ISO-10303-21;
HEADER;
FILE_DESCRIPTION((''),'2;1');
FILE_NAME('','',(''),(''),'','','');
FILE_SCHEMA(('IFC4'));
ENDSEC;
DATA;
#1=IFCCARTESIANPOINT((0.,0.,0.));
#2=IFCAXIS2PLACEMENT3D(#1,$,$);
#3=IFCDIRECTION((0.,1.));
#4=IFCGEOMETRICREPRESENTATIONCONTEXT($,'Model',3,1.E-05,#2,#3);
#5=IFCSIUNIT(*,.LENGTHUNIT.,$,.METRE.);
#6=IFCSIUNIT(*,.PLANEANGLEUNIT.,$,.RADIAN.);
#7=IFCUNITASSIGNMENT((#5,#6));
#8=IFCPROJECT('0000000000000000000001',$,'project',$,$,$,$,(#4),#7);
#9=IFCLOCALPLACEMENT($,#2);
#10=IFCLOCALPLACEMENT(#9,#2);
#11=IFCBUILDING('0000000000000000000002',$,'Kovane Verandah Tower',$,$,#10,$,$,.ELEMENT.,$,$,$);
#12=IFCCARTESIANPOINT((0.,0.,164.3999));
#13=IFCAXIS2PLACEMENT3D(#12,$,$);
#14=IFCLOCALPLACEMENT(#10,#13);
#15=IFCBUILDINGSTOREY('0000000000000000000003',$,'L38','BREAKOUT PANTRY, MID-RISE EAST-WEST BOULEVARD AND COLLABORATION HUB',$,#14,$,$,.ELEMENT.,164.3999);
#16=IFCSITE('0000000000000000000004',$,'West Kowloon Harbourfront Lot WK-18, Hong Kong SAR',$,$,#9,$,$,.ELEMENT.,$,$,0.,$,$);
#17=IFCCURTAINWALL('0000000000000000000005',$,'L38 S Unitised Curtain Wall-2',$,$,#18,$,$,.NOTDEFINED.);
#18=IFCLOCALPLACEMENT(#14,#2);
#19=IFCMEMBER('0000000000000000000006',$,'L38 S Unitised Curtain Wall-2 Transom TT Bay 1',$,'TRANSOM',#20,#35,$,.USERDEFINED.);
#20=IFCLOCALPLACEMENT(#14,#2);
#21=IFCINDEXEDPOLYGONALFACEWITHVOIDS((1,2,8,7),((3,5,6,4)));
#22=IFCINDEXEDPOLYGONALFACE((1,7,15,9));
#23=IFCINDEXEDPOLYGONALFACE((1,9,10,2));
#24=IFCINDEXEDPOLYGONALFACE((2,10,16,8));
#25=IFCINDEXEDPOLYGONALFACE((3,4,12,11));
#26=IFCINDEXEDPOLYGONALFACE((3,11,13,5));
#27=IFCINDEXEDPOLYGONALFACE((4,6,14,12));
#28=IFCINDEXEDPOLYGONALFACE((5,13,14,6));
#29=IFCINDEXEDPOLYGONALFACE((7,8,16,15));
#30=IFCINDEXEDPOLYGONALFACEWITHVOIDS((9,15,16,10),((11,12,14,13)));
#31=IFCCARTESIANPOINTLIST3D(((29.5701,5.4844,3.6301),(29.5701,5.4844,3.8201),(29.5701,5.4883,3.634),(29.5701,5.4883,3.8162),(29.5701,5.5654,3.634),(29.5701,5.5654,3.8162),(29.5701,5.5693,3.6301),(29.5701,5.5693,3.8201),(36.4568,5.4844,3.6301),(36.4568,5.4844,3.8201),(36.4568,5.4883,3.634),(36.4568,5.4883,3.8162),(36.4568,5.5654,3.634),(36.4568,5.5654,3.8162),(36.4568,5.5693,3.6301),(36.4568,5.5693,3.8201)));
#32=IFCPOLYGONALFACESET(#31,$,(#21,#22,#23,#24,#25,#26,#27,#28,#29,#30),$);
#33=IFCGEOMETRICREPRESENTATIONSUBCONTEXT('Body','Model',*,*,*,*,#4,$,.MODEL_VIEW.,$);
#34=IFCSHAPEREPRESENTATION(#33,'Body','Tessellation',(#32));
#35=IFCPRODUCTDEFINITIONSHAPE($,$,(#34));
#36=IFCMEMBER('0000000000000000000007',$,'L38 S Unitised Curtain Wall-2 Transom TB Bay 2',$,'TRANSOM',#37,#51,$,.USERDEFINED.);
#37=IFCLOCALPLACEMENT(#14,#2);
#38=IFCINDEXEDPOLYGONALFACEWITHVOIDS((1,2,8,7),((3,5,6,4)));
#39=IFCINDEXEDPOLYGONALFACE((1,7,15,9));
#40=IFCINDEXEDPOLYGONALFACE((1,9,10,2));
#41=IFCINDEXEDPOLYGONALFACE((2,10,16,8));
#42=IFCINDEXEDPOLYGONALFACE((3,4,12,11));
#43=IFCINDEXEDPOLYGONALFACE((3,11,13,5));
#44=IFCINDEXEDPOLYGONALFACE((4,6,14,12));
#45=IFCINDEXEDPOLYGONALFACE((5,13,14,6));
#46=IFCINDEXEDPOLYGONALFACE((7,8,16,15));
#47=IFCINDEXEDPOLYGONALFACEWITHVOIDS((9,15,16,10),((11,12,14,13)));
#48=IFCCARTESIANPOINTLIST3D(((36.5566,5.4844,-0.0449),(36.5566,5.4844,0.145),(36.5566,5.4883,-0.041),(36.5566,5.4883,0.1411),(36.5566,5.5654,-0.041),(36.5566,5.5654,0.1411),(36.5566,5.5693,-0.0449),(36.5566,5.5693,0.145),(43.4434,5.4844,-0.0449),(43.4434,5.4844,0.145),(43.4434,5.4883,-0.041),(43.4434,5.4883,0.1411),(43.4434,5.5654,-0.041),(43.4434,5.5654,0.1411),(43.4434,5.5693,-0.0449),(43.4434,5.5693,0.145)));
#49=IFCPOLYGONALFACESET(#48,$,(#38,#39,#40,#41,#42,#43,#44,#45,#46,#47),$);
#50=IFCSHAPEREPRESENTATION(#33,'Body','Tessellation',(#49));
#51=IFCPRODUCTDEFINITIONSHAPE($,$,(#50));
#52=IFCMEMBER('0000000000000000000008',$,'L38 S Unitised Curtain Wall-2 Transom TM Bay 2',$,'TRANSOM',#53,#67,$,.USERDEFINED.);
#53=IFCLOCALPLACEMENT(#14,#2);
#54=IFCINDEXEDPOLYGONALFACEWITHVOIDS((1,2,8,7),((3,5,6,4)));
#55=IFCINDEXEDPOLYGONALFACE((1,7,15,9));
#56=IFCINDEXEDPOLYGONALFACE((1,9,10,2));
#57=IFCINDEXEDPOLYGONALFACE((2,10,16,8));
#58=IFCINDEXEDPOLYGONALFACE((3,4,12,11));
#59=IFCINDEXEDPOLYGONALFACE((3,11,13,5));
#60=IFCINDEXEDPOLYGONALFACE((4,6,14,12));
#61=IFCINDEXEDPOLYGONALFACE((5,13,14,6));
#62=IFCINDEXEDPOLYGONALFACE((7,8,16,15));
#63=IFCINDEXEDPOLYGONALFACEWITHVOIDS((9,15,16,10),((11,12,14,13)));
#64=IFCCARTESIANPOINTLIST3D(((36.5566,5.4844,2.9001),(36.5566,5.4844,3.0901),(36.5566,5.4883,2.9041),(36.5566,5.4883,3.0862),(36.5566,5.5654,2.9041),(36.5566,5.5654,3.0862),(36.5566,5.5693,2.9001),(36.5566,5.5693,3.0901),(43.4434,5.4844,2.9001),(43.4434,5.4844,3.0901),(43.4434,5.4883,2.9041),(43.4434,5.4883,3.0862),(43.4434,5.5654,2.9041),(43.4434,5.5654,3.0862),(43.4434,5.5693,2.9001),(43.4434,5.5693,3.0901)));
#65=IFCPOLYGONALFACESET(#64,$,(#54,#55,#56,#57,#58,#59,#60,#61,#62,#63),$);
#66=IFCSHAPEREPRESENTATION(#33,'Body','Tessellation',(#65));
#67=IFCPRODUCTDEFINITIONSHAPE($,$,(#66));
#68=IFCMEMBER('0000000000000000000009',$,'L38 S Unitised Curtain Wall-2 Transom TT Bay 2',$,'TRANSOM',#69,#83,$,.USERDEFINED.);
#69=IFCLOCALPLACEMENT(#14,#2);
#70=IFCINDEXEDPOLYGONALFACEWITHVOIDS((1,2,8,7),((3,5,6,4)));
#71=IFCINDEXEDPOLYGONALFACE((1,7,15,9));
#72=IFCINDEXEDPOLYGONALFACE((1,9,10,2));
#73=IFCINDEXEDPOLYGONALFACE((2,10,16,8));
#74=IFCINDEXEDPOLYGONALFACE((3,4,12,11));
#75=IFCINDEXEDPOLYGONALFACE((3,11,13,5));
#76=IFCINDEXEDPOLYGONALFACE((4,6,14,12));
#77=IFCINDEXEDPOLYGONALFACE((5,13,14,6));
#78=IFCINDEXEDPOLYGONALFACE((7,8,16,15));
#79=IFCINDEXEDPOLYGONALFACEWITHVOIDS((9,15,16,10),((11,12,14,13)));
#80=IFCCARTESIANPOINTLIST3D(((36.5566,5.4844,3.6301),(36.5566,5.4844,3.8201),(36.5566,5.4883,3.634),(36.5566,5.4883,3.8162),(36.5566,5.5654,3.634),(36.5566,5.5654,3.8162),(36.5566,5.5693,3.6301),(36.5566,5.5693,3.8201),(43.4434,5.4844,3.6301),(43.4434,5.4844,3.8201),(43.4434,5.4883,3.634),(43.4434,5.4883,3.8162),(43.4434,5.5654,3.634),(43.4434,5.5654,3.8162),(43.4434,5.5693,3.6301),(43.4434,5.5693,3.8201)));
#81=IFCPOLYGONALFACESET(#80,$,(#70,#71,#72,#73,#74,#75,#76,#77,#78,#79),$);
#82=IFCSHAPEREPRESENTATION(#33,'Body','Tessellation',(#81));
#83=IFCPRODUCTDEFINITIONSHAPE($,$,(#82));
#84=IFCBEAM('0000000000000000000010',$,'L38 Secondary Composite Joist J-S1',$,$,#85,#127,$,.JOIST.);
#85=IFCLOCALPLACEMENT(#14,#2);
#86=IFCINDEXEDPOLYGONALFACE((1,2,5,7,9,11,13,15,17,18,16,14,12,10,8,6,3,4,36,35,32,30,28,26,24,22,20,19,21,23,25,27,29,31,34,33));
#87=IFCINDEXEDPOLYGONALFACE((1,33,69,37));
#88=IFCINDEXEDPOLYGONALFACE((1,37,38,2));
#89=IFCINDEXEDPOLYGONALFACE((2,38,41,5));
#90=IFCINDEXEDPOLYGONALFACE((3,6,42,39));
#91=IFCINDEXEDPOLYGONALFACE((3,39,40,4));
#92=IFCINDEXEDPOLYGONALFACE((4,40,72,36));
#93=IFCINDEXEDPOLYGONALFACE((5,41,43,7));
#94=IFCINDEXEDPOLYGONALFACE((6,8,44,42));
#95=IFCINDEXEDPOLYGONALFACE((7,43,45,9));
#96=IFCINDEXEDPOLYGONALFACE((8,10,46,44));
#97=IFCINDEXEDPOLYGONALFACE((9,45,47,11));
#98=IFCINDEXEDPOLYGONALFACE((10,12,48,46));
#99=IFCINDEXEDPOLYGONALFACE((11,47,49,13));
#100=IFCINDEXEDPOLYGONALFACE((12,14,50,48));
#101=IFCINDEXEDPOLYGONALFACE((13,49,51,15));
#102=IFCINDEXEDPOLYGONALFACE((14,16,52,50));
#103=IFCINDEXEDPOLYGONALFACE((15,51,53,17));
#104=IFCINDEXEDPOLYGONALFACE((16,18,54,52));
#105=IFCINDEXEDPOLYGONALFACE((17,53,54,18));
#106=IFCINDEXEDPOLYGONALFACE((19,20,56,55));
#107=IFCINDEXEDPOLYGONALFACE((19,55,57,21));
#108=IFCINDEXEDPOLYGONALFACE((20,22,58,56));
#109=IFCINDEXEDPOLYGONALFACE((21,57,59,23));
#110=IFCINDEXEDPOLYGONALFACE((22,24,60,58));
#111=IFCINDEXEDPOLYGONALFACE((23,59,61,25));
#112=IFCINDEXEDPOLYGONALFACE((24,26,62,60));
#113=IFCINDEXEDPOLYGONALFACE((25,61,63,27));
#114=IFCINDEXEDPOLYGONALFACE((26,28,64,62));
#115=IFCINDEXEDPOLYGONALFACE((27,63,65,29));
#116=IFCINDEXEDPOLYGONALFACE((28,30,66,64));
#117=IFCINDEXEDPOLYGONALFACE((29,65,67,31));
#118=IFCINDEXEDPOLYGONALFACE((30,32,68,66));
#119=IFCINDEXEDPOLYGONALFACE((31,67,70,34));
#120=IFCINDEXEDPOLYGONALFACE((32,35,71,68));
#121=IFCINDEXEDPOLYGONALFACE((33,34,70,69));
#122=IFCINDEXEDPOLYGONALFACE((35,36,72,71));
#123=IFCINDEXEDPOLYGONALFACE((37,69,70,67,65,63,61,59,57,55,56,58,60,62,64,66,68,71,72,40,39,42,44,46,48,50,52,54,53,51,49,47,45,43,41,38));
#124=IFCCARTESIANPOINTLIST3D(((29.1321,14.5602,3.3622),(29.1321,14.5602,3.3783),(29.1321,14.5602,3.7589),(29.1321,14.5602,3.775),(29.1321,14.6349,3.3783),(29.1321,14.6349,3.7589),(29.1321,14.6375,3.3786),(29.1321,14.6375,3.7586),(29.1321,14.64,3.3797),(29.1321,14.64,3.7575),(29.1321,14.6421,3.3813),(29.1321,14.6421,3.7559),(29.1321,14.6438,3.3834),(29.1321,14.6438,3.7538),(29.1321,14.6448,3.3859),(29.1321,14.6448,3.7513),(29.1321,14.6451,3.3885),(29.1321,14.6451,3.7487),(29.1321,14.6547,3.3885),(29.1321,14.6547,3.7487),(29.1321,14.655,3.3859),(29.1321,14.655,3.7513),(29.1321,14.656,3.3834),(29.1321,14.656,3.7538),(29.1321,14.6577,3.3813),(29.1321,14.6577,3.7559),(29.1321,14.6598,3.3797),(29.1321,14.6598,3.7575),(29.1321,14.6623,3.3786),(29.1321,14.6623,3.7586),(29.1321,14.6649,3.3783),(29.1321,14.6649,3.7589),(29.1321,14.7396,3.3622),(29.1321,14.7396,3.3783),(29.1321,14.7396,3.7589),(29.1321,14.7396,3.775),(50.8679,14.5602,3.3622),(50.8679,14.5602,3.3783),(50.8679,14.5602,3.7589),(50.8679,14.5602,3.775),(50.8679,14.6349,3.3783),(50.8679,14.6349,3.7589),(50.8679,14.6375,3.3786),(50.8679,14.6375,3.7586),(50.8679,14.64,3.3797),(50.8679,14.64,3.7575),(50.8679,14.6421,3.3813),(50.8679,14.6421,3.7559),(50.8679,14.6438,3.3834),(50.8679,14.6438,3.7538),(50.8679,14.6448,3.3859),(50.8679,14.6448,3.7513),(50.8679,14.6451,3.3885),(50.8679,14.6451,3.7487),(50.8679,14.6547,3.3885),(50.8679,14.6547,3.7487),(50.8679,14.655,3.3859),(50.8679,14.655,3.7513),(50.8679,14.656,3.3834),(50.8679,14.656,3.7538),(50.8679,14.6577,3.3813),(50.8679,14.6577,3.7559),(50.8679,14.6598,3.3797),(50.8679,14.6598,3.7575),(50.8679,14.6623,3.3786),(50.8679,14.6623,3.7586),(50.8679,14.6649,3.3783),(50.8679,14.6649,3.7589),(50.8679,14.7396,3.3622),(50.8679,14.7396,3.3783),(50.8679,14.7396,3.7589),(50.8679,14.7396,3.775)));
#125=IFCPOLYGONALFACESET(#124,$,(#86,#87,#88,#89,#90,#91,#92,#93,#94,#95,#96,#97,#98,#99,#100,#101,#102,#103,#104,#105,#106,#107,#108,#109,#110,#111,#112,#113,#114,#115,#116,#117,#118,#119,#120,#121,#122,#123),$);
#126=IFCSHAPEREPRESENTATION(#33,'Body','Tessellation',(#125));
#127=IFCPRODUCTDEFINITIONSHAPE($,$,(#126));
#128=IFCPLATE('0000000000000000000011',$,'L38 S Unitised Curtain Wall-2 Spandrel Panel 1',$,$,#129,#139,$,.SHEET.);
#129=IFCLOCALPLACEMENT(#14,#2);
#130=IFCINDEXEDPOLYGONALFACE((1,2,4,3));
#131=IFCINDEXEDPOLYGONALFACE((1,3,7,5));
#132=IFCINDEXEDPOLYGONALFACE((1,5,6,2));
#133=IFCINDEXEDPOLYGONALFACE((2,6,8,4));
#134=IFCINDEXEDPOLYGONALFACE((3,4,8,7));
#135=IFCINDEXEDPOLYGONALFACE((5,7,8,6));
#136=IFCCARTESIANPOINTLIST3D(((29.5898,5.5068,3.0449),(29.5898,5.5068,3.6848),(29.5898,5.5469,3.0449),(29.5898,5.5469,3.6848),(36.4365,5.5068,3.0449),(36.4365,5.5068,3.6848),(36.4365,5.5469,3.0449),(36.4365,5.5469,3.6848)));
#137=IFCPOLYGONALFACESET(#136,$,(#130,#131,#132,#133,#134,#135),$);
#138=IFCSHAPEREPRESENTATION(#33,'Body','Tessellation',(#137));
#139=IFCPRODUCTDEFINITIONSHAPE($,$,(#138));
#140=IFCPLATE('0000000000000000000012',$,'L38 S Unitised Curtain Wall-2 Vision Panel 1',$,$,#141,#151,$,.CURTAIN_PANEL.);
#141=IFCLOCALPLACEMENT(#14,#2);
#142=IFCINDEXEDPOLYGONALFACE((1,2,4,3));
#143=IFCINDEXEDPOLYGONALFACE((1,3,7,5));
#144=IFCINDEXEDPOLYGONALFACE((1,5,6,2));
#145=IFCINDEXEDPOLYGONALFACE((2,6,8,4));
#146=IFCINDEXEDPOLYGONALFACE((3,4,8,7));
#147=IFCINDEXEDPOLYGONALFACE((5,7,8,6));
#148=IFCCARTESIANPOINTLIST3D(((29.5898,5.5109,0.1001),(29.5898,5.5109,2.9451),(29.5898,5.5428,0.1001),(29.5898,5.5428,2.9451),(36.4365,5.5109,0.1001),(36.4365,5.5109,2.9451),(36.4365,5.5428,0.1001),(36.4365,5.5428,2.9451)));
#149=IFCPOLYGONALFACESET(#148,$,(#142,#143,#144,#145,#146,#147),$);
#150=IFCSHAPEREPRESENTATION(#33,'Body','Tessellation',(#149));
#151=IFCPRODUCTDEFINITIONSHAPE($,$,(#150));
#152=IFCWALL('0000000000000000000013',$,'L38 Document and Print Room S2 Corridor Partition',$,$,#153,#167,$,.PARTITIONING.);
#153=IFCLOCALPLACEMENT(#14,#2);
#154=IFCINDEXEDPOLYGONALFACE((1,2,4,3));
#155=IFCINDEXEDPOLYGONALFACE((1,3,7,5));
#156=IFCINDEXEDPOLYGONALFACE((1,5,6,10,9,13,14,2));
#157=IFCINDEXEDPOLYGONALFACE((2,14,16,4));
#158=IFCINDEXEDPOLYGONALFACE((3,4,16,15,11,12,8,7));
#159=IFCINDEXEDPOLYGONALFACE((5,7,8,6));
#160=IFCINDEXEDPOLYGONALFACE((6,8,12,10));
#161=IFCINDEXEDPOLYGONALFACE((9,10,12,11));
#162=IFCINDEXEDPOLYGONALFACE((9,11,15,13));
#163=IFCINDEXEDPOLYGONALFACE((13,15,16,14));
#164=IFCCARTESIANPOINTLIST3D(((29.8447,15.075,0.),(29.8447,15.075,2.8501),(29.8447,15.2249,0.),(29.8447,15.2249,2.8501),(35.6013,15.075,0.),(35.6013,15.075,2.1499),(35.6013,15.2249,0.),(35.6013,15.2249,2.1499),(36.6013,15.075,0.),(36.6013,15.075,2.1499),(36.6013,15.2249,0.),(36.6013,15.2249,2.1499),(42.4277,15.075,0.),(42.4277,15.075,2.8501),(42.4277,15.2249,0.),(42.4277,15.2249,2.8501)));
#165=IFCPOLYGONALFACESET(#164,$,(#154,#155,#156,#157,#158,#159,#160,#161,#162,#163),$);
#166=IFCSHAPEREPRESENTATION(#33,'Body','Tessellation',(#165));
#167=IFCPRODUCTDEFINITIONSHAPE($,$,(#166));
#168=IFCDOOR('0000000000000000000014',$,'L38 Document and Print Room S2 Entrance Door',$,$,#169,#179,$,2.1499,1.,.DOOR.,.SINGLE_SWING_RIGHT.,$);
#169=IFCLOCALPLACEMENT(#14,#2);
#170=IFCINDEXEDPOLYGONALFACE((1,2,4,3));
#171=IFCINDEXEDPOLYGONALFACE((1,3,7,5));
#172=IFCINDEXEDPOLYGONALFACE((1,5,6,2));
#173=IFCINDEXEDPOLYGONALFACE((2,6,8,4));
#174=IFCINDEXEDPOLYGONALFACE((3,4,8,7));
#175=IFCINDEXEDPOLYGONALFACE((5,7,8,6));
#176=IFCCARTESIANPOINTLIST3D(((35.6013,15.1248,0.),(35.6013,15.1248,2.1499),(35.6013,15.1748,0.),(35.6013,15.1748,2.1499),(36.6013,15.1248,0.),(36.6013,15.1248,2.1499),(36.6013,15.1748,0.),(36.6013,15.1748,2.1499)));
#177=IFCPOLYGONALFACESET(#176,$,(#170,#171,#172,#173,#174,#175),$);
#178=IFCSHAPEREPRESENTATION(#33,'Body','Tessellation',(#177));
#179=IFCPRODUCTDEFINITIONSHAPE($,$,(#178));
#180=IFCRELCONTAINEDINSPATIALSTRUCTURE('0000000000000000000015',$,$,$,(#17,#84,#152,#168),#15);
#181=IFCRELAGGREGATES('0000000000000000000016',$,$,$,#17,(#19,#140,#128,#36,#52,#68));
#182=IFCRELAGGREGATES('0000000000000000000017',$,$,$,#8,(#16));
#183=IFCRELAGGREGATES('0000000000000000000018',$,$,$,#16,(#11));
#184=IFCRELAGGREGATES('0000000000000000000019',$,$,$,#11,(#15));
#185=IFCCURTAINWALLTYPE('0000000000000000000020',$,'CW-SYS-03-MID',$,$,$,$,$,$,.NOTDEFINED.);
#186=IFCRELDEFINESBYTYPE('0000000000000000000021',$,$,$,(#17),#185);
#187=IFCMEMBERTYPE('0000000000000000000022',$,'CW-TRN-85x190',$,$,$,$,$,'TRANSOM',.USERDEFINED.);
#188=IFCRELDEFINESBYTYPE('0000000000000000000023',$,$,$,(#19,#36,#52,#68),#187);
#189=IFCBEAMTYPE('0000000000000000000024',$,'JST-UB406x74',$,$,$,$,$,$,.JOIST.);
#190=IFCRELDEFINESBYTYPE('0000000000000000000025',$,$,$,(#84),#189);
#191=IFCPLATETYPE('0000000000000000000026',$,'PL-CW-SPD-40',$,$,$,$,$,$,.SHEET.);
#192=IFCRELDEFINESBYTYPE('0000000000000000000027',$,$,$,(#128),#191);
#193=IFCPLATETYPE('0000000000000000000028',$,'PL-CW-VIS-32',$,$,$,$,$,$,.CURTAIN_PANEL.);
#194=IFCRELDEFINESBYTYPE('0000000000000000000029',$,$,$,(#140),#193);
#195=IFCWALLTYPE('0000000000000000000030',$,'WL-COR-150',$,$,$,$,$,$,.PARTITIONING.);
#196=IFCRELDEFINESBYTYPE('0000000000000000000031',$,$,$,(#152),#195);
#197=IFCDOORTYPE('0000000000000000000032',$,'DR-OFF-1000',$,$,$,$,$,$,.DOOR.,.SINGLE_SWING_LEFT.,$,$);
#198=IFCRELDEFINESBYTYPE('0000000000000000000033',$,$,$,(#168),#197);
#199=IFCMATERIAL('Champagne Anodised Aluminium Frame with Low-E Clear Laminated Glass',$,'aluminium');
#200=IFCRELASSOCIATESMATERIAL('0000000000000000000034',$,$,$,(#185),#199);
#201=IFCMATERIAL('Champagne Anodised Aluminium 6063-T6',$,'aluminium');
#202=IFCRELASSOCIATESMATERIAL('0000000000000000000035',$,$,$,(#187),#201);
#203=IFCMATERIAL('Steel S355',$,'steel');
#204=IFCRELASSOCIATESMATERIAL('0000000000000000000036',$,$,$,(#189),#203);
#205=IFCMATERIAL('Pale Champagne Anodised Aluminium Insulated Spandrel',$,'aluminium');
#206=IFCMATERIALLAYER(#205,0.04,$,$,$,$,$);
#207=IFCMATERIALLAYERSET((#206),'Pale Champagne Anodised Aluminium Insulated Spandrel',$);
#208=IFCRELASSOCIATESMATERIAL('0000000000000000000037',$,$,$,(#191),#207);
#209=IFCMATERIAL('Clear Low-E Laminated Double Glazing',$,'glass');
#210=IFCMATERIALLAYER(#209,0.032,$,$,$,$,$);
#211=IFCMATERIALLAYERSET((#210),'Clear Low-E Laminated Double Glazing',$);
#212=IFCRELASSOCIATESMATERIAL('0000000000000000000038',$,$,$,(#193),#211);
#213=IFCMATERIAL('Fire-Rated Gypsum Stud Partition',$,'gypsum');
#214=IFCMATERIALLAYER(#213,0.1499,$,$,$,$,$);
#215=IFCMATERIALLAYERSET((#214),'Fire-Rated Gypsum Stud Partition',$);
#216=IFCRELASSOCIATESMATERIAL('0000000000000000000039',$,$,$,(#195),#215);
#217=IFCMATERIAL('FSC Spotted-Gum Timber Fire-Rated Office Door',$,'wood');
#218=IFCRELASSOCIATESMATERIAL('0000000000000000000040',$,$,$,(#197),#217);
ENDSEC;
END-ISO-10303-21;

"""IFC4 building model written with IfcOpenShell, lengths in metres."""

from ifc_helpers import new_model, si_unit, direction, frame, frame_2d, origin, origin_2d, place, context, subcontext, project, spatial, rectangle, hollow_rectangle, i_section, extrude, material, layer, layer_set, material_profile, profile_set, type_object, element, fill, aggregate, save


model = new_model("IFC4")

# Units and contexts
model_context = context("Model", 3, precision=1e-05, world=origin(), true_north=direction((0.0, 1.0)))
body_context = subcontext(model_context, "Body", "Model", "MODEL_VIEW")
ifc_project = project(units=[si_unit("LENGTHUNIT", "METRE"), si_unit("PLANEANGLEUNIT", "RADIAN")], contexts=[model_context])

# Site, building, storey
site_placement = place(None, origin())
site = spatial("IfcSite", under=ifc_project, at=site_placement, Name="West Kowloon Harbourfront Lot WK-18, Hong Kong SAR", CompositionType="ELEMENT", RefElevation=0.0)
building_placement = place(site_placement, origin())
building = spatial("IfcBuilding", under=site, at=building_placement, Name="Kovane Verandah Tower", CompositionType="ELEMENT")
storey_placement = place(building_placement, frame((0.0, 0.0, 164.3999)))
storey = spatial("IfcBuildingStorey", under=building, at=storey_placement, Name="L38", Description="BREAKOUT PANTRY, MID-RISE EAST-WEST BOULEVARD AND COLLABORATION HUB", CompositionType="ELEMENT", Elevation=164.3999)

# Shared definitions
ifc_material_1 = material(Name="Steel S355", Category="steel")

# Curtain wall, members
ifc_material_2 = material(Name="Champagne Anodised Aluminium Frame with Low-E Clear Laminated Glass", Category="aluminium")
curtain_wall_type = type_object("IfcCurtainWallType", Name="CW-SYS-03-MID", PredefinedType="NOTDEFINED", material=ifc_material_2)
curtain_wall_placement = place(storey_placement, origin())
curtain_wall = element("IfcCurtainWall", 1, at=curtain_wall_placement, inside=storey, type_object=curtain_wall_type, Name="L38 S Unitised Curtain Wall-2", PredefinedType="NOTDEFINED")
ifc_material_3 = material(Name="Champagne Anodised Aluminium 6063-T6", Category="aluminium")
ifc_material_profile_1 = material_profile(ifc_material_3, hollow_rectangle(XDim=0.085, YDim=0.1899, WallThickness=0.0039, at=origin_2d()), Name="AL85x190x4")
ifc_profile_set_1 = profile_set([ifc_material_profile_1], Name="Champagne Anodised Aluminium 6063-T6")
member_type_1 = type_object("IfcMemberType", Name="CW-TRN-85x190", ElementType="TRANSOM", PredefinedType="USERDEFINED", material=ifc_profile_set_1)
member_1_placement = place(storey_placement, frame((29.5701, 5.5269, 3.7251), z_axis=(1.0, 0.0, 0.0), x_axis=(0.0, 1.0, 0.0)))
member_1 = element("IfcMember", 2, at=member_1_placement, type_object=member_type_1, Name="L38 S Unitised Curtain Wall-2 Transom TT Bay 1", ObjectType="TRANSOM", PredefinedType="USERDEFINED", context=body_context, shape_type="SweptSolid", body=[
    extrude(hollow_rectangle(XDim=0.085, YDim=0.1899, WallThickness=0.0039, at=origin_2d()), origin(), (0.0, 0.0, 1.0), 6.8867),
])
member_2_placement = place(storey_placement, frame((36.5566, 5.5269, 0.05), z_axis=(1.0, 0.0, 0.0), x_axis=(0.0, 1.0, 0.0)))
member_2 = element("IfcMember", 3, at=member_2_placement, type_object=member_type_1, Name="L38 S Unitised Curtain Wall-2 Transom TB Bay 2", ObjectType="TRANSOM", PredefinedType="USERDEFINED", context=body_context, shape_type="SweptSolid", body=[
    extrude(hollow_rectangle(XDim=0.085, YDim=0.1899, WallThickness=0.0039, at=origin_2d()), origin(), (0.0, 0.0, 1.0), 6.8867),
])
member_3_placement = place(storey_placement, frame((36.5566, 5.5269, 2.9951), z_axis=(1.0, 0.0, 0.0), x_axis=(0.0, 1.0, 0.0)))
member_3 = element("IfcMember", 4, at=member_3_placement, type_object=member_type_1, Name="L38 S Unitised Curtain Wall-2 Transom TM Bay 2", ObjectType="TRANSOM", PredefinedType="USERDEFINED", context=body_context, shape_type="SweptSolid", body=[
    extrude(hollow_rectangle(XDim=0.085, YDim=0.1899, WallThickness=0.0039, at=origin_2d()), origin(), (0.0, 0.0, 1.0), 6.8867),
])
member_4_placement = place(storey_placement, frame((36.5566, 5.5269, 3.7251), z_axis=(1.0, 0.0, 0.0), x_axis=(0.0, 1.0, 0.0)))
member_4 = element("IfcMember", 5, at=member_4_placement, type_object=member_type_1, Name="L38 S Unitised Curtain Wall-2 Transom TT Bay 2", ObjectType="TRANSOM", PredefinedType="USERDEFINED", context=body_context, shape_type="SweptSolid", body=[
    extrude(hollow_rectangle(XDim=0.085, YDim=0.1899, WallThickness=0.0039, at=origin_2d()), origin(), (0.0, 0.0, 1.0), 6.8867),
])

# Beam
ifc_material_profile_2 = material_profile(ifc_material_1, i_section(OverallWidth=0.1794, OverallDepth=0.4128, WebThickness=0.0095, FlangeThickness=0.0161, FilletRadius=0.0103, at=origin_2d()), Name="UB406x178x74")
ifc_profile_set_2 = profile_set([ifc_material_profile_2], Name="Steel S355")
beam_type_1 = type_object("IfcBeamType", Name="JST-UB406x74", PredefinedType="JOIST", material=ifc_profile_set_2)
beam_1_placement = place(storey_placement, frame((29.1321, 14.6499, 3.5686), z_axis=(1.0, 0.0, 0.0), x_axis=(0.0, 1.0, 0.0)))
element("IfcBeam", 6, at=beam_1_placement, inside=storey, type_object=beam_type_1, Name="L38 Secondary Composite Joist J-S1", PredefinedType="JOIST", context=body_context, shape_type="SweptSolid", body=[
    extrude(i_section(OverallWidth=0.1794, OverallDepth=0.4128, WebThickness=0.0095, FlangeThickness=0.0161, FilletRadius=0.0103, at=origin_2d()), origin(), (0.0, 0.0, 1.0), 21.7358),
])

# Plates
ifc_material_4 = material(Name="Pale Champagne Anodised Aluminium Insulated Spandrel", Category="aluminium")
ifc_layer_1 = layer(ifc_material_4, 0.04)
ifc_layer_set_1 = layer_set([ifc_layer_1], Name="Pale Champagne Anodised Aluminium Insulated Spandrel")
plate_type_1 = type_object("IfcPlateType", Name="PL-CW-SPD-40", PredefinedType="SHEET", material=ifc_layer_set_1)
plate_1_placement = place(storey_placement, frame((33.0132, 5.5269, 3.0449), z_axis=(0.0, 0.0, 1.0), x_axis=(1.0, 0.0, 0.0)))
plate_1 = element("IfcPlate", 7, at=plate_1_placement, type_object=plate_type_1, Name="L38 S Unitised Curtain Wall-2 Spandrel Panel 1", PredefinedType="SHEET", context=body_context, shape_type="SweptSolid", body=[
    extrude(rectangle(XDim=6.8467, YDim=0.04, at=origin_2d()), origin(), (0.0, 0.0, 1.0), 0.6399),
])
ifc_material_5 = material(Name="Clear Low-E Laminated Double Glazing", Category="glass")
ifc_layer_2 = layer(ifc_material_5, 0.032)
ifc_layer_set_2 = layer_set([ifc_layer_2], Name="Clear Low-E Laminated Double Glazing")
plate_type_2 = type_object("IfcPlateType", Name="PL-CW-VIS-32", PredefinedType="CURTAIN_PANEL", material=ifc_layer_set_2)
plate_2_placement = place(storey_placement, frame((33.0132, 5.5269, 0.1001), z_axis=(0.0, 0.0, 1.0), x_axis=(1.0, 0.0, 0.0)))
plate_2 = element("IfcPlate", 8, at=plate_2_placement, type_object=plate_type_2, Name="L38 S Unitised Curtain Wall-2 Vision Panel 1", PredefinedType="CURTAIN_PANEL", context=body_context, shape_type="SweptSolid", body=[
    extrude(rectangle(XDim=6.8467, YDim=0.032, at=origin_2d()), origin(), (0.0, 0.0, 1.0), 2.845),
])
aggregate(curtain_wall, [member_1, plate_2, plate_1, member_2, member_3, member_4])

# Wall, opening, door
ifc_material_6 = material(Name="Fire-Rated Gypsum Stud Partition", Category="gypsum")
ifc_layer_3 = layer(ifc_material_6, 0.1499)
ifc_layer_set_3 = layer_set([ifc_layer_3], Name="Fire-Rated Gypsum Stud Partition")
wall_type_1 = type_object("IfcWallType", Name="WL-COR-150", PredefinedType="PARTITIONING", material=ifc_layer_set_3)
wall_1_placement = place(storey_placement, frame((29.8447, 15.1499, 0.0), z_axis=(0.0, 0.0, 1.0), x_axis=(1.0, 0.0, 0.0)))
wall_1 = element("IfcWall", 9, at=wall_1_placement, inside=storey, type_object=wall_type_1, Name="L38 Document and Print Room S2 Corridor Partition", PredefinedType="PARTITIONING", context=body_context, shape_type="SweptSolid", body=[
    extrude(rectangle(XDim=12.583, YDim=0.1499, at=frame_2d((6.2915, 0.0))), origin(), (0.0, 0.0, 1.0), 2.8501),
])
opening_placement = place(wall_1_placement, frame((5.7566, 0.0, 0.0)))
opening = element("IfcOpeningElement", 10, at=opening_placement, cuts=wall_1, PredefinedType="OPENING", context=body_context, shape_type="SweptSolid", body=[
    extrude(rectangle(XDim=1.0, YDim=2.1499, at=frame_2d((0.5, 1.075))), frame((0.0, 0.075, 0.0), z_axis=(0.0, -1.0, 0.0), x_axis=(1.0, 0.0, 0.0)), (0.0, 0.0, 1.0), 0.1499),
])
ifc_material_7 = material(Name="FSC Spotted-Gum Timber Fire-Rated Office Door", Category="wood")
door_type = type_object("IfcDoorType", Name="DR-OFF-1000", OperationType="SINGLE_SWING_LEFT", PredefinedType="DOOR", material=ifc_material_7)
door_placement = place(opening_placement, origin())
door = element("IfcDoor", 11, at=door_placement, inside=storey, type_object=door_type, Name="L38 Document and Print Room S2 Entrance Door", OperationType="SINGLE_SWING_RIGHT", OverallHeight=2.1499, OverallWidth=1.0, PredefinedType="DOOR", context=body_context, shape_type="SweptSolid", body=[
    extrude(rectangle(XDim=1.0, YDim=2.1499, at=frame_2d((0.5, 1.075))), frame((0.0, 0.0249, 0.0), z_axis=(0.0, -1.0, 0.0), x_axis=(1.0, 0.0, 0.0)), (0.0, 0.0, 1.0), 0.05),
])
fill(opening, door)

save(model, "model.ifc")
